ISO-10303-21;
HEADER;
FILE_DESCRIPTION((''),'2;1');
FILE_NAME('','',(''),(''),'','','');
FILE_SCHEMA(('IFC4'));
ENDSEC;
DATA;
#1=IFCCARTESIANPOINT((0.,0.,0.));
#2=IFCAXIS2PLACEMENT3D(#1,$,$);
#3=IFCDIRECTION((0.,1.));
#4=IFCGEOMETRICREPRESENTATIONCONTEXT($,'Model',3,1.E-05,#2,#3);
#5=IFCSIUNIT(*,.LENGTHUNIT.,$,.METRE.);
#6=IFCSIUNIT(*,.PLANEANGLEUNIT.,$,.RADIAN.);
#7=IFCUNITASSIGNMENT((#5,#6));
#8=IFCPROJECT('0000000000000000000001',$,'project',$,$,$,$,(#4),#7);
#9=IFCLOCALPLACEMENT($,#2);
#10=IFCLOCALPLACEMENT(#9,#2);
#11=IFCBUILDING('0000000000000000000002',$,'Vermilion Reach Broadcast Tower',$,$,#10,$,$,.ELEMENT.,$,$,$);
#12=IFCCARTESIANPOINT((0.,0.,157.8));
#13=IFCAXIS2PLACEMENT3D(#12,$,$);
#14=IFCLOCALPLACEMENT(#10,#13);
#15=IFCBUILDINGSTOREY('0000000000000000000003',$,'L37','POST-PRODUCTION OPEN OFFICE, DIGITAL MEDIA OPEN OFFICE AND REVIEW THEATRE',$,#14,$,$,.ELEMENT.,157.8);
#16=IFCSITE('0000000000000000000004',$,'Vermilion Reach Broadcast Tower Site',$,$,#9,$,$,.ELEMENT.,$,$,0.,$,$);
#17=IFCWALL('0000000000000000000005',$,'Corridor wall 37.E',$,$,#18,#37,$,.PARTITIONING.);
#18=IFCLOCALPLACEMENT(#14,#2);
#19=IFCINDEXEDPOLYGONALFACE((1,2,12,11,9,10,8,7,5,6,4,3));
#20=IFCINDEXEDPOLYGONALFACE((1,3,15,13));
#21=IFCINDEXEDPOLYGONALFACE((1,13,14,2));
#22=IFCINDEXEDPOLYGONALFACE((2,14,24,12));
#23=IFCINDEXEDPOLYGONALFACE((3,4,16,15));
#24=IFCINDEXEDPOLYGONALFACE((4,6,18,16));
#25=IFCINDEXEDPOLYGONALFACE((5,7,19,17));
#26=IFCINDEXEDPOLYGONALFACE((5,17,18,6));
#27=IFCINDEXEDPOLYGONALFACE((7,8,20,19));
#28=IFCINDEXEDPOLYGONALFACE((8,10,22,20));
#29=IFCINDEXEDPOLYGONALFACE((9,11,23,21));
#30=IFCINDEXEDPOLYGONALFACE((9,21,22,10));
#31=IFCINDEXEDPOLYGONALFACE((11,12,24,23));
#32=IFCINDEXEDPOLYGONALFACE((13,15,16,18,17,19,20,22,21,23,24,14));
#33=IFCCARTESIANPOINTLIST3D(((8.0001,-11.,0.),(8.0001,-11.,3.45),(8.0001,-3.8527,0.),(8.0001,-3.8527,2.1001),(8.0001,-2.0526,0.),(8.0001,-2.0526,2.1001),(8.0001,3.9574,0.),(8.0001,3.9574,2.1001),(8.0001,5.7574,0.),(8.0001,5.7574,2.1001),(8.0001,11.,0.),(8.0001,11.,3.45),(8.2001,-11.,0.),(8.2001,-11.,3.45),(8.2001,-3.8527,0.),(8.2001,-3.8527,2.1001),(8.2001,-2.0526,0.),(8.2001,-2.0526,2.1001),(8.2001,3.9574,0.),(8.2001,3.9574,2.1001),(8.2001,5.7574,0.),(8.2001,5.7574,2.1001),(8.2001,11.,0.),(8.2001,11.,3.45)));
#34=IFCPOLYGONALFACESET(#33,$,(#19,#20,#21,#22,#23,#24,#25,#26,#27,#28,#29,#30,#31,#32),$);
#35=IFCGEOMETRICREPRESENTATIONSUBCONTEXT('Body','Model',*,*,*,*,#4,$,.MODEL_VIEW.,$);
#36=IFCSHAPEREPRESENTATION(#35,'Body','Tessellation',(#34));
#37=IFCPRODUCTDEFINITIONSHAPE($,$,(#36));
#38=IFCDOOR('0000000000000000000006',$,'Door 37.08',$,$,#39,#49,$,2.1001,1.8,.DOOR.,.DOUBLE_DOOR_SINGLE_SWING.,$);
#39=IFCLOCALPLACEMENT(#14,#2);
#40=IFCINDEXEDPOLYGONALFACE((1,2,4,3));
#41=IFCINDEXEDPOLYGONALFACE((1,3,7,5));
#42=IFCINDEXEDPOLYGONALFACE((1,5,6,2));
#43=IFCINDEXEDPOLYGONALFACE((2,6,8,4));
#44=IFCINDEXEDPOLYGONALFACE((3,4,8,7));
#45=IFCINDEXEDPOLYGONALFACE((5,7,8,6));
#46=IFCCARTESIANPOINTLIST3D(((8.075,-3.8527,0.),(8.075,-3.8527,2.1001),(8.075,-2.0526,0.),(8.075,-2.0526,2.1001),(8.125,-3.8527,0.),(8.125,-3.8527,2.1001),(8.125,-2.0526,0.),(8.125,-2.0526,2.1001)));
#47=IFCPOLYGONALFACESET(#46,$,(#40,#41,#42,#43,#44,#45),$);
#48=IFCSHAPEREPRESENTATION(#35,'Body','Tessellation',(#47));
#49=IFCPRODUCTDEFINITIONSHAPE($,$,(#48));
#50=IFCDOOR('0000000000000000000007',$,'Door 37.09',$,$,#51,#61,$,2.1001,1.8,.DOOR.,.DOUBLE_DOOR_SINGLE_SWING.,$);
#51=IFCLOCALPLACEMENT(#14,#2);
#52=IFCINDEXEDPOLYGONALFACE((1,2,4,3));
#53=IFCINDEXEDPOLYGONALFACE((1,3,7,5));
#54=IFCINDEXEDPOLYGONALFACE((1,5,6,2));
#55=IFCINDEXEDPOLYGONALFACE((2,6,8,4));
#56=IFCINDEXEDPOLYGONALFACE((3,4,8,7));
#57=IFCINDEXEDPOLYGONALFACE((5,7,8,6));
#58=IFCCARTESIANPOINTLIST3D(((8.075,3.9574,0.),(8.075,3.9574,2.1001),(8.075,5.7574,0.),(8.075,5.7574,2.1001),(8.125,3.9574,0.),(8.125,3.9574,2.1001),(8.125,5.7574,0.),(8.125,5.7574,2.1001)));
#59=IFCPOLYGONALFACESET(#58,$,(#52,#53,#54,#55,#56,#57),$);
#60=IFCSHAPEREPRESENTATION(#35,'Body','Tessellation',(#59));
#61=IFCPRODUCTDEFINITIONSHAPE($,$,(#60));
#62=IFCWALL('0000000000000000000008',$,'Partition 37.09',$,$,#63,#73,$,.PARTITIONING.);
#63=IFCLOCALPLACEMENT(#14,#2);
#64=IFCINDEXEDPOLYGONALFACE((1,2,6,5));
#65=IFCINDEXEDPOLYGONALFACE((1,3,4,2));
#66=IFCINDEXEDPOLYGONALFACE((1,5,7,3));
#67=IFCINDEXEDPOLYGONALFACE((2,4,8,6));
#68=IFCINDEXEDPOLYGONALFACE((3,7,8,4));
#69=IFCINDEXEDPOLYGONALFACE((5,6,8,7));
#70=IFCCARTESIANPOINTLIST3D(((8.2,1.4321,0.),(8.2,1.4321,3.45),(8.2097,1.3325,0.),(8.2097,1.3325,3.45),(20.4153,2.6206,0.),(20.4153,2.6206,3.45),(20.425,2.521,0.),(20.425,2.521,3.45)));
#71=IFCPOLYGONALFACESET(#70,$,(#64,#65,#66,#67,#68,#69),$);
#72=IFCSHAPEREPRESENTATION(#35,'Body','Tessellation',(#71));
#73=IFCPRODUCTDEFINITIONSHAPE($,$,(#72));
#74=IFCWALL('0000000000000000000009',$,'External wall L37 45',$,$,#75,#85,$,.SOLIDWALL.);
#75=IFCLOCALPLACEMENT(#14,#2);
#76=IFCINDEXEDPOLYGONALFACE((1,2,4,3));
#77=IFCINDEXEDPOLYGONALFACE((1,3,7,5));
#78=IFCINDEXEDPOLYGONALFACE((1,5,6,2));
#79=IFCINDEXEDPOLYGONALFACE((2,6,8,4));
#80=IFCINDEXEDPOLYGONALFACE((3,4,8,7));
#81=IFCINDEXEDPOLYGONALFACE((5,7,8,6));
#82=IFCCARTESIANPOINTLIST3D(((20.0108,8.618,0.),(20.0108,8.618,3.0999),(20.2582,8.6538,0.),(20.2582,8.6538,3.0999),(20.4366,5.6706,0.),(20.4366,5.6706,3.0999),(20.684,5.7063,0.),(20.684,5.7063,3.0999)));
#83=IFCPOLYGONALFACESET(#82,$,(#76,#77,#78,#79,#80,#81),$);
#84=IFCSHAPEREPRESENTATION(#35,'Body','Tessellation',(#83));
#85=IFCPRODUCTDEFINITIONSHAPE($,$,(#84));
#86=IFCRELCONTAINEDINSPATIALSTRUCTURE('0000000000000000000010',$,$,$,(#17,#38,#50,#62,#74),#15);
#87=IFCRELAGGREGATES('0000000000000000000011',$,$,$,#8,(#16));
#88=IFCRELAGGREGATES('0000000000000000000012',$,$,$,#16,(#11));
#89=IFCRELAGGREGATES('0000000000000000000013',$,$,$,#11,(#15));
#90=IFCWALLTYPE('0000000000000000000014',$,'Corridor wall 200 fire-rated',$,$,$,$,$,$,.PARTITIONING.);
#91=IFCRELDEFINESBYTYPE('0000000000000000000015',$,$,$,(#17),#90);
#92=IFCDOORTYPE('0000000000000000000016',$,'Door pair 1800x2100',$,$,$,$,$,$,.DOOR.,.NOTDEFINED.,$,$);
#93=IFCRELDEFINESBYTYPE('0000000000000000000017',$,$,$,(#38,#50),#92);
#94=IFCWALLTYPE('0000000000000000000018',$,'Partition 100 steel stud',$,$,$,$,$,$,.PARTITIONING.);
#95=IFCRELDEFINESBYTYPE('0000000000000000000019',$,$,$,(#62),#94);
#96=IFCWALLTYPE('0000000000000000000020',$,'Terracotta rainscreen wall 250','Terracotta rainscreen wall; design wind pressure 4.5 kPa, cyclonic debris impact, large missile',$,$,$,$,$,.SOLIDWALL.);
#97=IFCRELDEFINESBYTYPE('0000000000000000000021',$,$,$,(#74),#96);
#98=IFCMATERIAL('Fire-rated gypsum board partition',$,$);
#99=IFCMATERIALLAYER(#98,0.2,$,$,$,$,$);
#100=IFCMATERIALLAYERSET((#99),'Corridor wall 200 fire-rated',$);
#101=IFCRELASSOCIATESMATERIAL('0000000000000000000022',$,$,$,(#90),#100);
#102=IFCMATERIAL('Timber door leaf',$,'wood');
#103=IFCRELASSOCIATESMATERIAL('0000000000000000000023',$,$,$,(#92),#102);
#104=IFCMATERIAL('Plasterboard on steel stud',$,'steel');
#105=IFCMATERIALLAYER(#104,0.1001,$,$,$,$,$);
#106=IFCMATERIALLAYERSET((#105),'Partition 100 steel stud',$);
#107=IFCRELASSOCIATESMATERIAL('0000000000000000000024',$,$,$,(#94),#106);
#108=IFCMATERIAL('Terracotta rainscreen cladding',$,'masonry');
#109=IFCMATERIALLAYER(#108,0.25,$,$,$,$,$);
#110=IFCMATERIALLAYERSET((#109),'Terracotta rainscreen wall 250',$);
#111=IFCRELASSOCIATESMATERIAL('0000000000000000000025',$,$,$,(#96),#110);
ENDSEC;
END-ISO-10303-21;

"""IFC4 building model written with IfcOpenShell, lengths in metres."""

from ifc_helpers import new_model, si_unit, direction, frame, frame_2d, origin, place, context, subcontext, project, spatial, rectangle, extrude, material, layer, layer_set, type_object, element, fill, save


model = new_model("IFC4")

# Units and contexts
model_context = context("Model", 3, precision=1e-05, world=origin(), true_north=direction((0.0, 1.0)))
body_context = subcontext(model_context, "Body", "Model", "MODEL_VIEW")
ifc_project = project(units=[si_unit("LENGTHUNIT", "METRE"), si_unit("PLANEANGLEUNIT", "RADIAN")], contexts=[model_context])

# Site, building, storey
site_placement = place(None, origin())
site = spatial("IfcSite", under=ifc_project, at=site_placement, Name="Vermilion Reach Broadcast Tower Site", CompositionType="ELEMENT", RefElevation=0.0)
building_placement = place(site_placement, origin())
building = spatial("IfcBuilding", under=site, at=building_placement, Name="Vermilion Reach Broadcast Tower", CompositionType="ELEMENT")
storey_placement = place(building_placement, frame((0.0, 0.0, 157.8)))
storey = spatial("IfcBuildingStorey", under=building, at=storey_placement, Name="L37", Description="POST-PRODUCTION OPEN OFFICE, DIGITAL MEDIA OPEN OFFICE AND REVIEW THEATRE", CompositionType="ELEMENT", Elevation=157.8)

# Wall, openings, doors
ifc_material_1 = material(Name="Fire-rated gypsum board partition")
ifc_layer_1 = layer(ifc_material_1, 0.2)
ifc_layer_set_1 = layer_set([ifc_layer_1], Name="Corridor wall 200 fire-rated")
wall_type_1 = type_object("IfcWallType", Name="Corridor wall 200 fire-rated", PredefinedType="PARTITIONING", material=ifc_layer_set_1)
wall_1_placement = place(storey_placement, frame((8.1001, 11.0, 0.0), z_axis=(0.0, 0.0, 1.0), x_axis=(0.0, -1.0, 0.0)))
wall_1 = element("IfcWall", 1, at=wall_1_placement, inside=storey, type_object=wall_type_1, Name="Corridor wall 37.E", PredefinedType="PARTITIONING", context=body_context, shape_type="SweptSolid", body=[
    extrude(rectangle(XDim=22.0, YDim=0.2, at=frame_2d((11.0, 0.0))), origin(), (0.0, 0.0, 1.0), 3.45),
])
opening_1_placement = place(wall_1_placement, frame((13.0527, 0.0, 0.0)))
opening_1 = element("IfcOpeningElement", 2, at=opening_1_placement, cuts=wall_1, PredefinedType="OPENING", context=body_context, shape_type="SweptSolid", body=[
    extrude(rectangle(XDim=1.8, YDim=2.1001, at=frame_2d((0.8999, 1.05))), frame((0.0, 0.1099, 0.0), z_axis=(0.0, -1.0, 0.0), x_axis=(1.0, 0.0, 0.0)), (0.0, 0.0, 1.0), 0.22),
])
opening_2_placement = place(wall_1_placement, frame((5.2427, 0.0, 0.0)))
opening_2 = element("IfcOpeningElement", 3, at=opening_2_placement, cuts=wall_1, PredefinedType="OPENING", context=body_context, shape_type="SweptSolid", body=[
    extrude(rectangle(XDim=1.8, YDim=2.1001, at=frame_2d((0.8999, 1.05))), frame((0.0, 0.1099, 0.0), z_axis=(0.0, -1.0, 0.0), x_axis=(1.0, 0.0, 0.0)), (0.0, 0.0, 1.0), 0.22),
])
ifc_material_2 = material(Name="Timber door leaf", Category="wood")
door_type_1 = type_object("IfcDoorType", Name="Door pair 1800x2100", OperationType="NOTDEFINED", PredefinedType="DOOR", material=ifc_material_2)
door_1_placement = place(opening_1_placement, origin())
door_1 = element("IfcDoor", 4, at=door_1_placement, inside=storey, type_object=door_type_1, Name="Door 37.08", OperationType="DOUBLE_DOOR_SINGLE_SWING", OverallHeight=2.1001, OverallWidth=1.8, PredefinedType="DOOR", context=body_context, shape_type="SweptSolid", body=[
    extrude(rectangle(XDim=1.8, YDim=2.1001, at=frame_2d((0.8999, 1.05))), frame((0.0, 0.0249, 0.0), z_axis=(0.0, -1.0, 0.0), x_axis=(1.0, 0.0, 0.0)), (0.0, 0.0, 1.0), 0.05),
])
fill(opening_1, door_1)
door_2_placement = place(opening_2_placement, origin())
door_2 = element("IfcDoor", 5, at=door_2_placement, inside=storey, type_object=door_type_1, Name="Door 37.09", OperationType="DOUBLE_DOOR_SINGLE_SWING", OverallHeight=2.1001, OverallWidth=1.8, PredefinedType="DOOR", context=body_context, shape_type="SweptSolid", body=[
    extrude(rectangle(XDim=1.8, YDim=2.1001, at=frame_2d((0.8999, 1.05))), frame((0.0, 0.0249, 0.0), z_axis=(0.0, -1.0, 0.0), x_axis=(1.0, 0.0, 0.0)), (0.0, 0.0, 1.0), 0.05),
])
fill(opening_2, door_2)

# Wall
ifc_material_3 = material(Name="Plasterboard on steel stud", Category="steel")
ifc_layer_2 = layer(ifc_material_3, 0.1001)
ifc_layer_set_2 = layer_set([ifc_layer_2], Name="Partition 100 steel stud")
wall_type_2 = type_object("IfcWallType", Name="Partition 100 steel stud", PredefinedType="PARTITIONING", material=ifc_layer_set_2)
wall_2_placement = place(storey_placement, frame((20.4202, 2.5708, 0.0), z_axis=(0.0, 0.0, 1.0), x_axis=(-0.9953, -0.096837, 0.0)))
element("IfcWall", 6, at=wall_2_placement, inside=storey, type_object=wall_type_2, Name="Partition 37.09", PredefinedType="PARTITIONING", context=body_context, shape_type="SweptSolid", body=[
    extrude(rectangle(XDim=12.2729, YDim=0.1001, at=frame_2d((6.1365, 0.0))), origin(), (0.0, 0.0, 1.0), 3.45),
])

# Shared definitions
ifc_material_4 = material(Name="Terracotta rainscreen cladding", Category="masonry")
ifc_layer_3 = layer(ifc_material_4, 0.25)
ifc_layer_set_3 = layer_set([ifc_layer_3], Name="Terracotta rainscreen wall 250")
wall_type_3 = type_object("IfcWallType", Name="Terracotta rainscreen wall 250", Description="Terracotta rainscreen wall; design wind pressure 4.5 kPa, cyclonic debris impact, large missile", PredefinedType="SOLIDWALL", material=ifc_layer_set_3)

# Wall
wall_3_placement = place(storey_placement, frame((20.5603, 5.6885, 0.0), z_axis=(0.0, 0.0, 1.0), x_axis=(-0.142971, 0.989727, 0.0)))
element("IfcWall", 7, at=wall_3_placement, inside=storey, type_object=wall_type_3, Name="External wall L37 45", PredefinedType="SOLIDWALL", context=body_context, shape_type="SweptSolid", body=[
    extrude(rectangle(XDim=2.978, YDim=0.25, at=frame_2d((1.489, 0.0))), origin(), (0.0, 0.0, 1.0), 3.0999),
])

save(model, "model.ifc")
